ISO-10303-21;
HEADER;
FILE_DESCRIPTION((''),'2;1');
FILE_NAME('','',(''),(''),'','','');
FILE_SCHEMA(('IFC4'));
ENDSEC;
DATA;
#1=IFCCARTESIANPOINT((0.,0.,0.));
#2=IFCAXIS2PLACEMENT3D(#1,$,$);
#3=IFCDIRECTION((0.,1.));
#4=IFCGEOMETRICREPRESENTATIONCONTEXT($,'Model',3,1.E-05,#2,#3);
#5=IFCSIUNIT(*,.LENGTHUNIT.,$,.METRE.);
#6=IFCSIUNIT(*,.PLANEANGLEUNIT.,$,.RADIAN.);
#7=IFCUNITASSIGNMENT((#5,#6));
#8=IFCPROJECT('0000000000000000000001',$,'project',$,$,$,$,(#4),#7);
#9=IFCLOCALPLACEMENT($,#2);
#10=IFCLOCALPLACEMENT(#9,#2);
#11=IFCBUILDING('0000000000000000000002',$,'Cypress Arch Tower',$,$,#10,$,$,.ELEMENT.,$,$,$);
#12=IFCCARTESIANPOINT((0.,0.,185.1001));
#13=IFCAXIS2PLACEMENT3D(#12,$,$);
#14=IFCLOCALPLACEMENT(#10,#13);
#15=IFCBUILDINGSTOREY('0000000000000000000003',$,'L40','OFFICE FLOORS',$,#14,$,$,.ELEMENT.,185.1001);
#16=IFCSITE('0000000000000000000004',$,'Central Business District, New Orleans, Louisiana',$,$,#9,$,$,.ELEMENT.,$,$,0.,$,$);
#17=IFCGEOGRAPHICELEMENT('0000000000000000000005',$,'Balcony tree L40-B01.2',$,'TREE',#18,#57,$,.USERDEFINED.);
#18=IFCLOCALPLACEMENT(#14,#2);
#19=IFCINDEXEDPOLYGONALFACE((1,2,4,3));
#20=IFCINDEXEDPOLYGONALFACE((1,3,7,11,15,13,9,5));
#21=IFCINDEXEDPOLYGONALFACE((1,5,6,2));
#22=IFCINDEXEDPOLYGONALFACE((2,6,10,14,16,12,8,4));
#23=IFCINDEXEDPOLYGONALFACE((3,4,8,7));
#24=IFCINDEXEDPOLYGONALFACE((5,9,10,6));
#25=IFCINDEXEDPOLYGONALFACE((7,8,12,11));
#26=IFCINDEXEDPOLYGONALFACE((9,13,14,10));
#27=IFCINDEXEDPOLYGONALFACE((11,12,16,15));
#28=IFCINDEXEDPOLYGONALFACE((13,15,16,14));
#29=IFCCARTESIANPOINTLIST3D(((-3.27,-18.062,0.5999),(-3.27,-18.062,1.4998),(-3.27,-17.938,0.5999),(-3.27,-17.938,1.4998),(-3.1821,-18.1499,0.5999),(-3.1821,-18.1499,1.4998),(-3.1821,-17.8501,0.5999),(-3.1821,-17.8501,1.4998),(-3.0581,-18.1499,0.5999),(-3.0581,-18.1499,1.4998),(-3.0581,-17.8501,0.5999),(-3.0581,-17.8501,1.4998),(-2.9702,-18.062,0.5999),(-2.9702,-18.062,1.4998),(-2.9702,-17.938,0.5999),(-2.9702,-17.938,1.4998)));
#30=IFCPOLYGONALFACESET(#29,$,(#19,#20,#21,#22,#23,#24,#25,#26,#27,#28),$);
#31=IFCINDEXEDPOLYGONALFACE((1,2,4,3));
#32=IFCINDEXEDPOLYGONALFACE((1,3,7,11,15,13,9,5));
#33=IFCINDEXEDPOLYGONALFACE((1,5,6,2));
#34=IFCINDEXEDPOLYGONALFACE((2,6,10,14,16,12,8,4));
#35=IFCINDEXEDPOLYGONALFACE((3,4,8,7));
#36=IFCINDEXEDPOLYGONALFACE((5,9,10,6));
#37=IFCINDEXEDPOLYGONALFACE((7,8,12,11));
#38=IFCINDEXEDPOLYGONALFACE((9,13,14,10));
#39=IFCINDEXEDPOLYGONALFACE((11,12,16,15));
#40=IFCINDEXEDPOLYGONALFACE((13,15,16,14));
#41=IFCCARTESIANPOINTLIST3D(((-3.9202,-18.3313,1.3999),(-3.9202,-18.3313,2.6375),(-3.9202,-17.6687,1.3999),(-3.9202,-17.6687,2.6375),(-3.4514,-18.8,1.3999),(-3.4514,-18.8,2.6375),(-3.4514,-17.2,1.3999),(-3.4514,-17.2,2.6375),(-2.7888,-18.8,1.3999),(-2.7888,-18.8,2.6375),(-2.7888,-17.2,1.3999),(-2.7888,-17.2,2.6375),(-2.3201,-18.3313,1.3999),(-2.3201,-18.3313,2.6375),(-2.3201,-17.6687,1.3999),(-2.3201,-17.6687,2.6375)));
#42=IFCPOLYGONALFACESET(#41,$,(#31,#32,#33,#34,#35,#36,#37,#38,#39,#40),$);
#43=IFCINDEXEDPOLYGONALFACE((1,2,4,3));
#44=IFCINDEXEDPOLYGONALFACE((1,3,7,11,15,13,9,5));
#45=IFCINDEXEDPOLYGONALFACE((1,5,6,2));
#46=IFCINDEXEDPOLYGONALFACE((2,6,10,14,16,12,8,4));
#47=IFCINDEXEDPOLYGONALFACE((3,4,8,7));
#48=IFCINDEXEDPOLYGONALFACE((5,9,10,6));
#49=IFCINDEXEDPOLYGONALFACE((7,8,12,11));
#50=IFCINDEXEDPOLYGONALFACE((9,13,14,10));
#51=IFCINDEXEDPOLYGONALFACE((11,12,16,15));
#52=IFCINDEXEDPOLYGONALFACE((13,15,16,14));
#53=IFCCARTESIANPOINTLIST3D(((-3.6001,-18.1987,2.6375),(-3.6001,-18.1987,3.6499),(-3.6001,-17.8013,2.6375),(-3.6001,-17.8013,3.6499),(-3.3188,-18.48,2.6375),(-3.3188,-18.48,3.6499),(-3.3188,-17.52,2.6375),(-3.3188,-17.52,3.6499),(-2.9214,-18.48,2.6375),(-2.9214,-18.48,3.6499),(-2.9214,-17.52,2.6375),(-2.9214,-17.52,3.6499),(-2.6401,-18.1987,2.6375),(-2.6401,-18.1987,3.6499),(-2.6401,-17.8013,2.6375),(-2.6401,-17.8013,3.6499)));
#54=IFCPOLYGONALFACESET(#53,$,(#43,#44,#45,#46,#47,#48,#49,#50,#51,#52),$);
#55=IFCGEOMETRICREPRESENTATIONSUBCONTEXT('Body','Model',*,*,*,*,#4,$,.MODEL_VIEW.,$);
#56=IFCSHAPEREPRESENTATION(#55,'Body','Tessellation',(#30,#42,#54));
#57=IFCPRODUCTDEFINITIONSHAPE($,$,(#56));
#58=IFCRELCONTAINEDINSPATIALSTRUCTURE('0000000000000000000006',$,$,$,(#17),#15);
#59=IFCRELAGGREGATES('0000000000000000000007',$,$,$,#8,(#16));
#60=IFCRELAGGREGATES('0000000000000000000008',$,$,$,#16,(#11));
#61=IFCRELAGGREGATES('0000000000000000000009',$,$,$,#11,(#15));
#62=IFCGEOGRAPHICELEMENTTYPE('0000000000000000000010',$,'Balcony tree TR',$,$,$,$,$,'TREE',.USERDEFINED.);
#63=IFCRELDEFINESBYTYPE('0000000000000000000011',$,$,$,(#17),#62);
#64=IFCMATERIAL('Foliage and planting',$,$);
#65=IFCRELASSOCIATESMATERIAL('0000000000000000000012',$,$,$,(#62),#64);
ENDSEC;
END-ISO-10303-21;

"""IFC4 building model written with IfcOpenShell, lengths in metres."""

from ifc_helpers import new_model, si_unit, direction, frame, origin, place, context, subcontext, project, spatial, polyline, outline, extrude, material, type_object, element, save


model = new_model("IFC4")

# Units and contexts
model_context = context("Model", 3, precision=1e-05, world=origin(), true_north=direction((0.0, 1.0)))
body_context = subcontext(model_context, "Body", "Model", "MODEL_VIEW")
ifc_project = project(units=[si_unit("LENGTHUNIT", "METRE"), si_unit("PLANEANGLEUNIT", "RADIAN")], contexts=[model_context])

# Site, building, storey
site_placement = place(None, origin())
site = spatial("IfcSite", under=ifc_project, at=site_placement, Name="Central Business District, New Orleans, Louisiana", CompositionType="ELEMENT", RefElevation=0.0)
building_placement = place(site_placement, origin())
building = spatial("IfcBuilding", under=site, at=building_placement, Name="Cypress Arch Tower", CompositionType="ELEMENT")
storey_placement = place(building_placement, frame((0.0, 0.0, 185.1001)))
storey = spatial("IfcBuildingStorey", under=building, at=storey_placement, Name="L40", Description="OFFICE FLOORS", CompositionType="ELEMENT", Elevation=185.1001)

# Geographic element
ifc_material_1 = material(Name="Foliage and planting")
geographic_element_type = type_object("IfcGeographicElementType", Name="Balcony tree TR", ElementType="TREE", PredefinedType="USERDEFINED", material=ifc_material_1)
for number, where, z_axis, x_axis, name in (
    (1, (-3.1201, -18.0, 0.5999), (0.0, 0.0, 1.0), (1.0, 0.0, 0.0), "Balcony tree L40-B01.2"),
):
    element("IfcGeographicElement", number, at=place(storey_placement, frame(where, z_axis=z_axis, x_axis=x_axis)), inside=storey, type_object=geographic_element_type, Name=name, ObjectType="TREE", PredefinedType="USERDEFINED", context=body_context, shape_type="SweptSolid", body=[
        extrude(outline(polyline([(0.1499, 0.062), (0.062, 0.1499), (-0.062, 0.1499), (-0.1499, 0.062), (-0.1499, -0.062), (-0.062, -0.1499), (0.062, -0.1499), (0.1499, -0.062), (0.1499, 0.062)])), origin(), (0.0, 0.0, 1.0), 0.8999),
        extrude(outline(polyline([(0.8, 0.3313), (0.3313, 0.8), (-0.3313, 0.8), (-0.8, 0.3313), (-0.8, -0.3313), (-0.3313, -0.8), (0.3313, -0.8), (0.8, -0.3313), (0.8, 0.3313)])), frame((0.0, 0.0, 0.8)), (0.0, 0.0, 1.0), 1.2375),
        extrude(outline(polyline([(0.48, 0.1987), (0.1987, 0.48), (-0.1987, 0.48), (-0.48, 0.1987), (-0.48, -0.1987), (-0.1987, -0.48), (0.1987, -0.48), (0.48, -0.1987), (0.48, 0.1987)])), frame((0.0, 0.0, 2.0376)), (0.0, 0.0, 1.0), 1.0125),
    ])

save(model, "model.ifc")
